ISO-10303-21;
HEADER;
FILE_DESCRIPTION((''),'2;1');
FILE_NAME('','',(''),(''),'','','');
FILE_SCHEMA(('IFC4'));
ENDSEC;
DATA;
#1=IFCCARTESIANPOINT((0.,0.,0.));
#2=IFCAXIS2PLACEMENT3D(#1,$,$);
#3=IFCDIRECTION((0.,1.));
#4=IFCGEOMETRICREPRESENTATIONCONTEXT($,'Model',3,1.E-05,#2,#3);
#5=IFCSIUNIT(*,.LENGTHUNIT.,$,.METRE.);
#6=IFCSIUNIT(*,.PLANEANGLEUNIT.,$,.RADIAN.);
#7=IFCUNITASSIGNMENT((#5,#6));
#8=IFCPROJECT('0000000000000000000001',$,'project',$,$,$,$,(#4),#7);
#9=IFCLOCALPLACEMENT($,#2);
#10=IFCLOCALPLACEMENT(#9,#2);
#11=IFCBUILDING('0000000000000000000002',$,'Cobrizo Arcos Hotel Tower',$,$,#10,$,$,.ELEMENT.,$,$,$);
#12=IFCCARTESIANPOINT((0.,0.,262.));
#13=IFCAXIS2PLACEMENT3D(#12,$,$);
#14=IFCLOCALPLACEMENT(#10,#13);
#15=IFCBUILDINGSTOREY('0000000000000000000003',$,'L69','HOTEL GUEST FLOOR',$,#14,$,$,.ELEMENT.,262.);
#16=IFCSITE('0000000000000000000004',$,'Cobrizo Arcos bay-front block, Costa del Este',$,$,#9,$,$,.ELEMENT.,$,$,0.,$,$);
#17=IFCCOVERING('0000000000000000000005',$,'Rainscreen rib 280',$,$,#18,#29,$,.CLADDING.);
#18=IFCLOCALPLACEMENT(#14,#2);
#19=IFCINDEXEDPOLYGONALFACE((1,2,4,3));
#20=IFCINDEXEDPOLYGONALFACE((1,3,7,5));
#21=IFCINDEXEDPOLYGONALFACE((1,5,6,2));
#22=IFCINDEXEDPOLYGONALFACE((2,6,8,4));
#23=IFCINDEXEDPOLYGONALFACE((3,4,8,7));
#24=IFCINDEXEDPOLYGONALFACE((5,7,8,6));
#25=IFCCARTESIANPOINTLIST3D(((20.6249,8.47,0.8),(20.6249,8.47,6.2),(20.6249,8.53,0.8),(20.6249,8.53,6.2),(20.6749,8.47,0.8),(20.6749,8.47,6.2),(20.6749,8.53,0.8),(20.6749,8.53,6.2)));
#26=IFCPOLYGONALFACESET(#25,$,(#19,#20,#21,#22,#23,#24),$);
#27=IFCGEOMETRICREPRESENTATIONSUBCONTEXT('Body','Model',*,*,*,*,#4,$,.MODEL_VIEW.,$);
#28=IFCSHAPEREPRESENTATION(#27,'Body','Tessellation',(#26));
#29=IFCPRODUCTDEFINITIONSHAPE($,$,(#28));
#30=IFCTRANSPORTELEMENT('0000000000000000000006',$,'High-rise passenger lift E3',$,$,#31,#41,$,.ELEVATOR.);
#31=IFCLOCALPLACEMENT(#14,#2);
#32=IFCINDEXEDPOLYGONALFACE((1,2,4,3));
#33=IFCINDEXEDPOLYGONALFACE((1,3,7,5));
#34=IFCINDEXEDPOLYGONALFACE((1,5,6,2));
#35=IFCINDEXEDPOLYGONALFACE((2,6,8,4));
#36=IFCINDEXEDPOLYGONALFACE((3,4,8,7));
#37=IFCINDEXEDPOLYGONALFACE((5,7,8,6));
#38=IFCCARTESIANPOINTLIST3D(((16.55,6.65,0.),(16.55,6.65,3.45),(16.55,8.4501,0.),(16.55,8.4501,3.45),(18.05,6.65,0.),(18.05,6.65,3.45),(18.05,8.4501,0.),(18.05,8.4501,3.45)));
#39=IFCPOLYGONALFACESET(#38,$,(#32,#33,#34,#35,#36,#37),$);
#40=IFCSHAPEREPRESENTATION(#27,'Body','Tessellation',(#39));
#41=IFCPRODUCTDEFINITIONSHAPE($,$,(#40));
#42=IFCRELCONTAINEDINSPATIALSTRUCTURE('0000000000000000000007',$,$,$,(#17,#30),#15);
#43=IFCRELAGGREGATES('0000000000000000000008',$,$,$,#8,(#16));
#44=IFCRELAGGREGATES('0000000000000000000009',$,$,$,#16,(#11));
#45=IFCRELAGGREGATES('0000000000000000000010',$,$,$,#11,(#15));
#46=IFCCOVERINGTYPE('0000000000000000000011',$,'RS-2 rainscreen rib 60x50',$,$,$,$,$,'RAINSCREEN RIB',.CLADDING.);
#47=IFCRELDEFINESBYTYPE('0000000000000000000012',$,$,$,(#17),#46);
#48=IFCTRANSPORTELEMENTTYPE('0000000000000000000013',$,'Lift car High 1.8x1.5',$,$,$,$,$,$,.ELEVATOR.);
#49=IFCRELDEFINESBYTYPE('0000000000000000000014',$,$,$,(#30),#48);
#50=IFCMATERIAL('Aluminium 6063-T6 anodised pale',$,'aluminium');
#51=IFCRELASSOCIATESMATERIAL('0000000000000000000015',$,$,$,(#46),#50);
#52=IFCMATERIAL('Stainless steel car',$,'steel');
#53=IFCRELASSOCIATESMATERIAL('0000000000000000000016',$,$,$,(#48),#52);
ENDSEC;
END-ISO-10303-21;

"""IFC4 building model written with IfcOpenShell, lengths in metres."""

from ifc_helpers import new_model, si_unit, direction, frame, origin, origin_2d, place, context, subcontext, project, spatial, rectangle, extrude, material, type_object, element, save


model = new_model("IFC4")

# Units and contexts
model_context = context("Model", 3, precision=1e-05, world=origin(), true_north=direction((0.0, 1.0)))
body_context = subcontext(model_context, "Body", "Model", "MODEL_VIEW")
ifc_project = project(units=[si_unit("LENGTHUNIT", "METRE"), si_unit("PLANEANGLEUNIT", "RADIAN")], contexts=[model_context])

# Site, building, storey
site_placement = place(None, origin())
site = spatial("IfcSite", under=ifc_project, at=site_placement, Name="Cobrizo Arcos bay-front block, Costa del Este", CompositionType="ELEMENT", RefElevation=0.0)
building_placement = place(site_placement, origin())
building = spatial("IfcBuilding", under=site, at=building_placement, Name="Cobrizo Arcos Hotel Tower", CompositionType="ELEMENT")
storey_placement = place(building_placement, frame((0.0, 0.0, 262.0)))
storey = spatial("IfcBuildingStorey", under=building, at=storey_placement, Name="L69", Description="HOTEL GUEST FLOOR", CompositionType="ELEMENT", Elevation=262.0)

# Covering
ifc_material_1 = material(Name="Aluminium 6063-T6 anodised pale", Category="aluminium")
covering_type_1 = type_object("IfcCoveringType", Name="RS-2 rainscreen rib 60x50", ElementType="RAINSCREEN RIB", PredefinedType="CLADDING", material=ifc_material_1)
covering_1_placement = place(storey_placement, frame((20.6499, 8.5, 0.8), z_axis=(0.0, 0.0, 1.0), x_axis=(0.0, 1.0, 0.0)))
element("IfcCovering", 1, at=covering_1_placement, inside=storey, type_object=covering_type_1, Name="Rainscreen rib 280", PredefinedType="CLADDING", context=body_context, shape_type="SweptSolid", body=[
    extrude(rectangle(XDim=0.0601, YDim=0.05, at=origin_2d()), origin(), (0.0, 0.0, 1.0), 5.3999),
])

# Transport element
ifc_material_2 = material(Name="Stainless steel car", Category="steel")
transport_element_type = type_object("IfcTransportElementType", Name="Lift car High 1.8x1.5", PredefinedType="ELEVATOR", material=ifc_material_2)
transport_element_placement = place(storey_placement, frame((17.3, 7.55, 0.0), z_axis=(0.0, 0.0, 1.0), x_axis=(1.0, 0.0, 0.0)))
element("IfcTransportElement", 2, at=transport_element_placement, inside=storey, type_object=transport_element_type, Name="High-rise passenger lift E3", PredefinedType="ELEVATOR", context=body_context, shape_type="SweptSolid", body=[
    extrude(rectangle(XDim=1.5, YDim=1.8, at=origin_2d()), origin(), (0.0, 0.0, 1.0), 3.45),
])

save(model, "model.ifc")
